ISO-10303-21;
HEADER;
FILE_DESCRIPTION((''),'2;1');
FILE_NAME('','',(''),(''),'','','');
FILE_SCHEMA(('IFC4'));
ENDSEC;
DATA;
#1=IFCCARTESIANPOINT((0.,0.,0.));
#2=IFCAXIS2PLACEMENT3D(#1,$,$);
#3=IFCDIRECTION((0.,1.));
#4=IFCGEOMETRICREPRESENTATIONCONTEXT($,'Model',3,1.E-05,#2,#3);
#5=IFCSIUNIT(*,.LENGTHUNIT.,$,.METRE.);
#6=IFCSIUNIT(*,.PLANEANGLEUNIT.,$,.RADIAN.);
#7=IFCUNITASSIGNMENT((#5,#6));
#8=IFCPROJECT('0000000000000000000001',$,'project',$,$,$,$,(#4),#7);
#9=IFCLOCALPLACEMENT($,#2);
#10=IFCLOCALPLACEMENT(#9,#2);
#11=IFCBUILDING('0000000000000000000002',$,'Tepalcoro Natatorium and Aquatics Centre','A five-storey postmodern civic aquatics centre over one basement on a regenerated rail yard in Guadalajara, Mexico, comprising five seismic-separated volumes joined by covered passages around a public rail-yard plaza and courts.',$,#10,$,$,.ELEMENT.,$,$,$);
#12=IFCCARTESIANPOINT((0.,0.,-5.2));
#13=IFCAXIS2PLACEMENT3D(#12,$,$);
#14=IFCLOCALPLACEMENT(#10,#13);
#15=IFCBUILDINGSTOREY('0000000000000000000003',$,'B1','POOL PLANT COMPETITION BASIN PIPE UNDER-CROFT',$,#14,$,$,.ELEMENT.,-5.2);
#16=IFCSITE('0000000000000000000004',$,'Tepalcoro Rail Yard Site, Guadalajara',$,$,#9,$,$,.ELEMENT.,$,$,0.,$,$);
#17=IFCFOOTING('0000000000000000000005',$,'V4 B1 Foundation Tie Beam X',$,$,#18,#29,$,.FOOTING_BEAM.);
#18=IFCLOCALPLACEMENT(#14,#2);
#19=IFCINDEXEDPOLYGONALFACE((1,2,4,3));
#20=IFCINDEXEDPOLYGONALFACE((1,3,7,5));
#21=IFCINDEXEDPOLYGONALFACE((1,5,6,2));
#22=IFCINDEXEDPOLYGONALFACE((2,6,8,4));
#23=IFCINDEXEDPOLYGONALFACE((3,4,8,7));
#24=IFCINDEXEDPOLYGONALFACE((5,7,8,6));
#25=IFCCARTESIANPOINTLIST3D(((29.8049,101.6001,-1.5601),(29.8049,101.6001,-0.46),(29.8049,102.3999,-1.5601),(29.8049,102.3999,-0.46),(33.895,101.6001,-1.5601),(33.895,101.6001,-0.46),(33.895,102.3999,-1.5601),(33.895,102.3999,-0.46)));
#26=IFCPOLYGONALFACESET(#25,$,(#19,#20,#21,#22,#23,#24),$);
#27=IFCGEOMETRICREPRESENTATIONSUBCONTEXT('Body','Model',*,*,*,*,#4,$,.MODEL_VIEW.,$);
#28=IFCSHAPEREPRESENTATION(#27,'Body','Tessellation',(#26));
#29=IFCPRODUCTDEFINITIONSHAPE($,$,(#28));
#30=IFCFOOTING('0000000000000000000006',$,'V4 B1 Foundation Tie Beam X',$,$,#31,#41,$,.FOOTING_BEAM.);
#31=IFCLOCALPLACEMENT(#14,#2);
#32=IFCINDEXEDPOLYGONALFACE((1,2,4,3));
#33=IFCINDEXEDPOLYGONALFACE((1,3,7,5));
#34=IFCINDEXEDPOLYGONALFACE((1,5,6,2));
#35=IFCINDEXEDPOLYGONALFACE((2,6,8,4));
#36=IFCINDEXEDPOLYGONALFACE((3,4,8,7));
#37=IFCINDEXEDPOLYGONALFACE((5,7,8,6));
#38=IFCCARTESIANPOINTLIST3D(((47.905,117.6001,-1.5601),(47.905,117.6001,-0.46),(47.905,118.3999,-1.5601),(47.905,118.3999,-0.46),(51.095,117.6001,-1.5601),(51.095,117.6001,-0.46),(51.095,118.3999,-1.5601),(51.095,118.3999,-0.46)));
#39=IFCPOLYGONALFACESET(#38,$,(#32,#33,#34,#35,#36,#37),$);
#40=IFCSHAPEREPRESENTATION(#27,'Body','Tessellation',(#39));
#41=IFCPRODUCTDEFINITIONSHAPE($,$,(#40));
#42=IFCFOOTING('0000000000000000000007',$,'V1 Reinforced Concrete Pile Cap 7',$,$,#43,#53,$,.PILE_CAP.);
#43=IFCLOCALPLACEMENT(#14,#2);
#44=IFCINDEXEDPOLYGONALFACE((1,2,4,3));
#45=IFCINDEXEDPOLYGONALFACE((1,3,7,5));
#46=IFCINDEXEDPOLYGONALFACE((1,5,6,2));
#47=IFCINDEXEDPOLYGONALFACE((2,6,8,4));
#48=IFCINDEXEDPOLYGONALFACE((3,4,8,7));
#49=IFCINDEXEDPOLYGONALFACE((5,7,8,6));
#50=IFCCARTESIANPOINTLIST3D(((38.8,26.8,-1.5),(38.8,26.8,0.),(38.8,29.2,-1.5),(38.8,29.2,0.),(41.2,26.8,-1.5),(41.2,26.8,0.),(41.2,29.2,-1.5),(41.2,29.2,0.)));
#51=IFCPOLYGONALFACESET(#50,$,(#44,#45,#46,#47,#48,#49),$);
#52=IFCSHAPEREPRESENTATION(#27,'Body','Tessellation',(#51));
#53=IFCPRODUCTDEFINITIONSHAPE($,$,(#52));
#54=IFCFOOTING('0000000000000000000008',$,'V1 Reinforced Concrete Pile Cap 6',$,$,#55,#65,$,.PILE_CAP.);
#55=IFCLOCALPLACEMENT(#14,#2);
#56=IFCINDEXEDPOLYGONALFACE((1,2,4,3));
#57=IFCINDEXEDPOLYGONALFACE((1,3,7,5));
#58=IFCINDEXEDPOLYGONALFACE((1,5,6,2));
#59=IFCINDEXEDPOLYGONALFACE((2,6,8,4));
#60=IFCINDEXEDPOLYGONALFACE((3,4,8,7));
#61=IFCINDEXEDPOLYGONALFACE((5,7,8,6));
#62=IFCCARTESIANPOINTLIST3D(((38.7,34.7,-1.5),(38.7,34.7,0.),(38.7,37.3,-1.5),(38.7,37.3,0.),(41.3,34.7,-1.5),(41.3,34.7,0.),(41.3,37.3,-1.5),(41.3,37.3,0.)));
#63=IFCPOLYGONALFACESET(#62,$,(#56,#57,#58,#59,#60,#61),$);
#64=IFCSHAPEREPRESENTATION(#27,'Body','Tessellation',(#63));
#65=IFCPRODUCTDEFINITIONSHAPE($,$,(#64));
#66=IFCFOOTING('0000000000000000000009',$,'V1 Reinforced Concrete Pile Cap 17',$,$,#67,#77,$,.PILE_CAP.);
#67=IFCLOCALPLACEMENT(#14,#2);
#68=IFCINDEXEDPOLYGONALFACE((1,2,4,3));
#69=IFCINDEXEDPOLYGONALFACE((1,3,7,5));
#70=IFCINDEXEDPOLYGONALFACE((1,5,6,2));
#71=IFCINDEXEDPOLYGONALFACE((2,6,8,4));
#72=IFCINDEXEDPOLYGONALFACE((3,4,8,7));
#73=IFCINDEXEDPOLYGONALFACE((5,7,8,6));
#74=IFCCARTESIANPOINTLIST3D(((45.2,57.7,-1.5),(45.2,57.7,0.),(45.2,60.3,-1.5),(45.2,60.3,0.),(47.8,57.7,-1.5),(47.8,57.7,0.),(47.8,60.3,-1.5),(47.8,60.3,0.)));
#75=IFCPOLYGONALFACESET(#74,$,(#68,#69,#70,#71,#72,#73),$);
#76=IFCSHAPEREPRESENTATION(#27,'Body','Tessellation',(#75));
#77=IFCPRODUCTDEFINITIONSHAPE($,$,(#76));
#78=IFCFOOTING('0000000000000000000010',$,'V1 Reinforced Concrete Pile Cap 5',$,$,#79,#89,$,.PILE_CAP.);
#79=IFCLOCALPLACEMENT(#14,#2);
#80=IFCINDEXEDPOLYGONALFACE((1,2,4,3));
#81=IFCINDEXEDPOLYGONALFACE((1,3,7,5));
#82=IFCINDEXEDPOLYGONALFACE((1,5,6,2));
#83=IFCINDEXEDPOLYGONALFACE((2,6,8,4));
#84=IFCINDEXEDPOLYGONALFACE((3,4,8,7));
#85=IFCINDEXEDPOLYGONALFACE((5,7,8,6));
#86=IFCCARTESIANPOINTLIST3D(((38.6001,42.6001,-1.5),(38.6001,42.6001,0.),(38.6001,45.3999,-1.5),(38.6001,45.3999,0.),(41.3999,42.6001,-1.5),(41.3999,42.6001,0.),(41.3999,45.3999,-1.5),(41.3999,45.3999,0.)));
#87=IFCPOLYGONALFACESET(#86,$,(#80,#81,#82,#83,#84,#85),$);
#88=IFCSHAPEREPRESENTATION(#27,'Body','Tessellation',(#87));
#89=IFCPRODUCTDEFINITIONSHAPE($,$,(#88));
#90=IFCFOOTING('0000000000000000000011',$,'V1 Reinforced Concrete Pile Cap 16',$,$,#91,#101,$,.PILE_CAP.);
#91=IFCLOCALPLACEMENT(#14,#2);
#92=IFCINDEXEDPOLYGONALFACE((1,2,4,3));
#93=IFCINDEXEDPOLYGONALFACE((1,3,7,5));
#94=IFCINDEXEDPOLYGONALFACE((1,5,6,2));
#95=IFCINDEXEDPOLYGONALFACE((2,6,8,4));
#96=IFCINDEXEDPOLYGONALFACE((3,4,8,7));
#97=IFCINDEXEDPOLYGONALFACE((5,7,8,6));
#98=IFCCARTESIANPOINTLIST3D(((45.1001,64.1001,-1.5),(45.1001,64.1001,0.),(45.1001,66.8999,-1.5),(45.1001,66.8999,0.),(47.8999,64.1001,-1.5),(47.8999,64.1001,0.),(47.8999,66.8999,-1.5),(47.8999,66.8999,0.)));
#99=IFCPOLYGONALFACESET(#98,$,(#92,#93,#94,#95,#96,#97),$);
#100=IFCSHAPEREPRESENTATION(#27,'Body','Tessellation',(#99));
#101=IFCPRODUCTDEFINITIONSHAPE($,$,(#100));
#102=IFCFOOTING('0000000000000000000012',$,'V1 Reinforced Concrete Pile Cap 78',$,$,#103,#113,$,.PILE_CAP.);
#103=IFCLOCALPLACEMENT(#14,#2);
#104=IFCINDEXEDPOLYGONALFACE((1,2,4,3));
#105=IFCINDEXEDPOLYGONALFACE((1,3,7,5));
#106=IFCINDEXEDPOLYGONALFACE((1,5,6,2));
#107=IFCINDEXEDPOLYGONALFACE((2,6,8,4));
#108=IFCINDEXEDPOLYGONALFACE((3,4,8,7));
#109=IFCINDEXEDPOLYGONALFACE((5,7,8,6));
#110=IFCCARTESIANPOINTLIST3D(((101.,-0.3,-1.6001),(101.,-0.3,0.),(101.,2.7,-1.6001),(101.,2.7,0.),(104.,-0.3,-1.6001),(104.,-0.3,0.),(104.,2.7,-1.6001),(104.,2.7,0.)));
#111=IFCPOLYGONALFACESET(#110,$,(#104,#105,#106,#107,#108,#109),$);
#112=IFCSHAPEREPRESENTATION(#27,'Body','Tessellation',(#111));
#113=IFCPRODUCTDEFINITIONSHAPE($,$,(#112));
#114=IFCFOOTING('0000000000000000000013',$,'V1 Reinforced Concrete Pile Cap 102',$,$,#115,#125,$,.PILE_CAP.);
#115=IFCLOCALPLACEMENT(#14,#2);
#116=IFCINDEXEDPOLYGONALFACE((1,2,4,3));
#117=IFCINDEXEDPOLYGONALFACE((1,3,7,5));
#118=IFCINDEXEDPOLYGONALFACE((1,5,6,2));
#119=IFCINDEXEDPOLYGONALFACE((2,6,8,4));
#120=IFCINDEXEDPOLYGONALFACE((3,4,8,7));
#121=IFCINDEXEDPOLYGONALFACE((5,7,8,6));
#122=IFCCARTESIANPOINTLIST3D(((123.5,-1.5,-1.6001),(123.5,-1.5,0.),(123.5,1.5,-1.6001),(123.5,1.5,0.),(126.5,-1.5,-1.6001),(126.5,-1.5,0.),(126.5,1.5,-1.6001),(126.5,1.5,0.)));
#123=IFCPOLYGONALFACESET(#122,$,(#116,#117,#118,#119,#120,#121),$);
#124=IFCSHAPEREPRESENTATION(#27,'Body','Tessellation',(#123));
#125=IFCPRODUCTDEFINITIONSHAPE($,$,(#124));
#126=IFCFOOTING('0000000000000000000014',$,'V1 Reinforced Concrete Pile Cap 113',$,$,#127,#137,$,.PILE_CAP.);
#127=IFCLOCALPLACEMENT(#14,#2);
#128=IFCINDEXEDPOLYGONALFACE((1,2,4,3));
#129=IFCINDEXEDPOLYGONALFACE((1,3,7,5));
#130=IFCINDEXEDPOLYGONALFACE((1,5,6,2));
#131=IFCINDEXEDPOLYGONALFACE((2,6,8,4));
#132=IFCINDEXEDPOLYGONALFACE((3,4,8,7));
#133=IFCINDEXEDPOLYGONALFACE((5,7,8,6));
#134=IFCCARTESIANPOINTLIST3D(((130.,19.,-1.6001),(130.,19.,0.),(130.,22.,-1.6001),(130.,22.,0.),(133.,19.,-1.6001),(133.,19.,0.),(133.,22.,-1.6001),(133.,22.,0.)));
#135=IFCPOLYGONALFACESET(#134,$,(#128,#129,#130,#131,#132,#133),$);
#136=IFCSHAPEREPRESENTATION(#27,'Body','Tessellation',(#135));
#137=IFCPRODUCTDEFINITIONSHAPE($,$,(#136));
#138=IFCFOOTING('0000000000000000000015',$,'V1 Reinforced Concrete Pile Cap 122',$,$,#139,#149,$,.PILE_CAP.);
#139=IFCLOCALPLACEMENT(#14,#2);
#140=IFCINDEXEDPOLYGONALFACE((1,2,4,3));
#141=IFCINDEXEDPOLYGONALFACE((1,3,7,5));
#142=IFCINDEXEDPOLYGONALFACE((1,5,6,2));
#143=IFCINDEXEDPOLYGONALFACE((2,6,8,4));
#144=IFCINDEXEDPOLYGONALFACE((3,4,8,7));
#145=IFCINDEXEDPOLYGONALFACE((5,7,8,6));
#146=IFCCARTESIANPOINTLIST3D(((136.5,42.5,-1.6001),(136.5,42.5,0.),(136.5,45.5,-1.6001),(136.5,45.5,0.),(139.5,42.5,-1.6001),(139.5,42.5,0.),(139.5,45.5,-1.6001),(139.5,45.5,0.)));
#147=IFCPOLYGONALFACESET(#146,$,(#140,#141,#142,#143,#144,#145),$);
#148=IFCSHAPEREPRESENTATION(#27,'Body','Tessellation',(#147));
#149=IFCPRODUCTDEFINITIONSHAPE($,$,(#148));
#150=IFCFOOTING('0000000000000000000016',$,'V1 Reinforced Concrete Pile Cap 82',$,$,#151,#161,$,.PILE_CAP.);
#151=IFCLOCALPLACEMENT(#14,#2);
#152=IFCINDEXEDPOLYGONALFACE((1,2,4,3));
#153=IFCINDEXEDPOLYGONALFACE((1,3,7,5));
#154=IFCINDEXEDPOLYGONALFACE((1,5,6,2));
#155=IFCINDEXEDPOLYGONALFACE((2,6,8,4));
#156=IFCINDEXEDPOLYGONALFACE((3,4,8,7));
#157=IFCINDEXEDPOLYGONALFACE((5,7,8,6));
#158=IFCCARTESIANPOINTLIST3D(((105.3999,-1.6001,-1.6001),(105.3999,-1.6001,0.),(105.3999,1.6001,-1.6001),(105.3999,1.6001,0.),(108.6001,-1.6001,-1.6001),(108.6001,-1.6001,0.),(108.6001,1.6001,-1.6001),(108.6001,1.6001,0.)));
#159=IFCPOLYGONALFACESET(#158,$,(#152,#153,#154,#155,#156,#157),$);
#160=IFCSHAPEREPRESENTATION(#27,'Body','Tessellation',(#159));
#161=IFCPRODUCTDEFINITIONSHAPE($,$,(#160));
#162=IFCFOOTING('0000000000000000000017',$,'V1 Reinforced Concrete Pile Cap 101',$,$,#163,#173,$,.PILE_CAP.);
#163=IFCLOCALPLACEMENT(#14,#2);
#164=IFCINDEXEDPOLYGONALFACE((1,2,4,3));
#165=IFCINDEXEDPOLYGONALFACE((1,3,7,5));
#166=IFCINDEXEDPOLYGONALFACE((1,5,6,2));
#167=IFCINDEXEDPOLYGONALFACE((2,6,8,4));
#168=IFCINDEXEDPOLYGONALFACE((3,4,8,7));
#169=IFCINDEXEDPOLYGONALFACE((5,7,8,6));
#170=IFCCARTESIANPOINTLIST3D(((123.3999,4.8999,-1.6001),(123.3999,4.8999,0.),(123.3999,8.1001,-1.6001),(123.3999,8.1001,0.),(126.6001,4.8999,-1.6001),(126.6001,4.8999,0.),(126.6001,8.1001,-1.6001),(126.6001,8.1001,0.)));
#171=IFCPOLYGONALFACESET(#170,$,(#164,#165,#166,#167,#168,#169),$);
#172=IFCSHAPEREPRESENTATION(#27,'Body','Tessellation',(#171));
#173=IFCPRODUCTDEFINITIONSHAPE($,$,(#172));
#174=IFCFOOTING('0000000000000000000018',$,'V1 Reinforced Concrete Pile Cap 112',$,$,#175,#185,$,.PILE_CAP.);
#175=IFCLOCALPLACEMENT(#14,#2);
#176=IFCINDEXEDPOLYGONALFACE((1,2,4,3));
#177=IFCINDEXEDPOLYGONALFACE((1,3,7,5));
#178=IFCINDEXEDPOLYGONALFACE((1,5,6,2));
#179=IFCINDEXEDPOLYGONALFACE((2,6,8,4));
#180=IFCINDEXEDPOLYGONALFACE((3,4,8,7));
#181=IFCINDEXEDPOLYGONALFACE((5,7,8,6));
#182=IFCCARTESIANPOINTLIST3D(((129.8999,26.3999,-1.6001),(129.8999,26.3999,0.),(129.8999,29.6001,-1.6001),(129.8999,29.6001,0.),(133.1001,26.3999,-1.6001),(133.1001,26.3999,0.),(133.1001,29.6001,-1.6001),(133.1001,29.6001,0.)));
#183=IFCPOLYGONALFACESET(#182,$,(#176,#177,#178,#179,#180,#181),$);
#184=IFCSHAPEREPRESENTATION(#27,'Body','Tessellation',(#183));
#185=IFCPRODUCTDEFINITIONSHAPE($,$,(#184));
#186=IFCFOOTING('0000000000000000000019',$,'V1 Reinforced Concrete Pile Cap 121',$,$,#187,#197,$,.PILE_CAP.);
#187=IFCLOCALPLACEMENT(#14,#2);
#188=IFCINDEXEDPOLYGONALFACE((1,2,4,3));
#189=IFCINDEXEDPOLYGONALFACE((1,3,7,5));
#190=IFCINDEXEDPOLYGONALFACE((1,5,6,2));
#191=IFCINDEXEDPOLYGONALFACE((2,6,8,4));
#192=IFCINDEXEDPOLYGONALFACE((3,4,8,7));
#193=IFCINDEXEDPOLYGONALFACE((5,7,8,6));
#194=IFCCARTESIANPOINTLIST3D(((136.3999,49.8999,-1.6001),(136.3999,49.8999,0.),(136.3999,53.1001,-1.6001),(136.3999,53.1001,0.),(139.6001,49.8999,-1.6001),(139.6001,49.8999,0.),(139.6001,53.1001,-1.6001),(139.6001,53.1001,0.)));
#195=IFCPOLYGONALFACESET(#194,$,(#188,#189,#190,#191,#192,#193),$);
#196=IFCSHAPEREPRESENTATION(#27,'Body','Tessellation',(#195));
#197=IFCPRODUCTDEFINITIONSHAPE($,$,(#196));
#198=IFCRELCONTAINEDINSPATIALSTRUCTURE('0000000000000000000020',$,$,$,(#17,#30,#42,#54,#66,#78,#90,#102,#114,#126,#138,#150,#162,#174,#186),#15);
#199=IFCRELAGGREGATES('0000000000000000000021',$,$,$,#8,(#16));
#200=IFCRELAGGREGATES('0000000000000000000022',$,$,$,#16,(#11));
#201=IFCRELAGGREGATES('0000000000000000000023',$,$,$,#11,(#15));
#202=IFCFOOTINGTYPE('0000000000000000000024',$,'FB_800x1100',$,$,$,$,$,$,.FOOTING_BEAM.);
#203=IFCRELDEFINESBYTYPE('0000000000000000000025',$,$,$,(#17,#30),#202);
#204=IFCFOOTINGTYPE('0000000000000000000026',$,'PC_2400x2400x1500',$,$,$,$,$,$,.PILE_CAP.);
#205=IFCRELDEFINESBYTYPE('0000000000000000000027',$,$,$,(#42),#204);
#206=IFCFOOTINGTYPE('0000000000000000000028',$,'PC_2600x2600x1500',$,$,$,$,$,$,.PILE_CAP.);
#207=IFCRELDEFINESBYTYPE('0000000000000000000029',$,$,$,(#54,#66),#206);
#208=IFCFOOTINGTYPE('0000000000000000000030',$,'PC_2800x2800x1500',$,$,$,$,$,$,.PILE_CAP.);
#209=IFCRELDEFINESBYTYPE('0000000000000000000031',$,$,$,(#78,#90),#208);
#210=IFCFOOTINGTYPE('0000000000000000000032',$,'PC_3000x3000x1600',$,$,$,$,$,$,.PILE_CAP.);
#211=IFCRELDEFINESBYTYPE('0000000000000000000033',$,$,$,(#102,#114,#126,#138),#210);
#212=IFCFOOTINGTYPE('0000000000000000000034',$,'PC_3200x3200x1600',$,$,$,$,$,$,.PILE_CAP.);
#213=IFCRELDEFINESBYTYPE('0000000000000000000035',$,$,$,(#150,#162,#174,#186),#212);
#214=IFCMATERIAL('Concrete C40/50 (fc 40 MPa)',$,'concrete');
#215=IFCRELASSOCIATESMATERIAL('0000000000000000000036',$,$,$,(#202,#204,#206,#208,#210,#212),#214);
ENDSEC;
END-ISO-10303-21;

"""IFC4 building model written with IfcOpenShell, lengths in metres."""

from ifc_helpers import new_model, si_unit, direction, frame, origin, place, context, subcontext, project, spatial, polyline, outline, extrude, material, type_object, element, save


model = new_model("IFC4")

# Units and contexts
model_context = context("Model", 3, precision=1e-05, world=origin(), true_north=direction((0.0, 1.0)))
body_context = subcontext(model_context, "Body", "Model", "MODEL_VIEW")
ifc_project = project(units=[si_unit("LENGTHUNIT", "METRE"), si_unit("PLANEANGLEUNIT", "RADIAN")], contexts=[model_context])

# Site, building, storey
site_placement = place(None, origin())
site = spatial("IfcSite", under=ifc_project, at=site_placement, Name="Tepalcoro Rail Yard Site, Guadalajara", CompositionType="ELEMENT", RefElevation=0.0)
building_placement = place(site_placement, origin())
building = spatial("IfcBuilding", under=site, at=building_placement, Name="Tepalcoro Natatorium and Aquatics Centre", Description="A five-storey postmodern civic aquatics centre over one basement on a regenerated rail yard in Guadalajara, Mexico, comprising five seismic-separated volumes joined by covered passages around a public rail-yard plaza and courts.", CompositionType="ELEMENT")
storey_placement = place(building_placement, frame((0.0, 0.0, -5.2)))
storey = spatial("IfcBuildingStorey", under=building, at=storey_placement, Name="B1", Description="POOL PLANT COMPETITION BASIN PIPE UNDER-CROFT", CompositionType="ELEMENT", Elevation=-5.2)

# Footings
ifc_material = material(Name="Concrete C40/50 (fc 40 MPa)", Category="concrete")
footing_type_1 = type_object("IfcFootingType", Name="FB_800x1100", PredefinedType="FOOTING_BEAM", material=ifc_material)
footing_1_placement = place(storey_placement, frame((0.0, 0.0, -1.5601)))
element("IfcFooting", 1, at=footing_1_placement, inside=storey, type_object=footing_type_1, Name="V4 B1 Foundation Tie Beam X", PredefinedType="FOOTING_BEAM", context=body_context, shape_type="SweptSolid", body=[
    extrude(outline(polyline([(29.8049, 101.6001), (33.895, 101.6001), (33.895, 102.3999), (29.8049, 102.3999), (29.8049, 101.6001)])), origin(), (0.0, 0.0, 1.0), 1.1001),
])
footing_2_placement = place(storey_placement, frame((0.0, 0.0, -1.5601)))
element("IfcFooting", 2, at=footing_2_placement, inside=storey, type_object=footing_type_1, Name="V4 B1 Foundation Tie Beam X", PredefinedType="FOOTING_BEAM", context=body_context, shape_type="SweptSolid", body=[
    extrude(outline(polyline([(47.905, 117.6001), (51.095, 117.6001), (51.095, 118.3999), (47.905, 118.3999), (47.905, 117.6001)])), origin(), (0.0, 0.0, 1.0), 1.1001),
])
footing_type_2 = type_object("IfcFootingType", Name="PC_2400x2400x1500", PredefinedType="PILE_CAP", material=ifc_material)
footing_3_placement = place(storey_placement, frame((0.0, 0.0, -1.5)))
element("IfcFooting", 3, at=footing_3_placement, inside=storey, type_object=footing_type_2, Name="V1 Reinforced Concrete Pile Cap 7", PredefinedType="PILE_CAP", context=body_context, shape_type="SweptSolid", body=[
    extrude(outline(polyline([(38.8, 26.8), (41.2, 26.8), (41.2, 29.2), (38.8, 29.2), (38.8, 26.8)])), origin(), (0.0, 0.0, 1.0), 1.5),
])
footing_type_3 = type_object("IfcFootingType", Name="PC_2600x2600x1500", PredefinedType="PILE_CAP", material=ifc_material)
footing_4_placement = place(storey_placement, frame((0.0, 0.0, -1.5)))
element("IfcFooting", 4, at=footing_4_placement, inside=storey, type_object=footing_type_3, Name="V1 Reinforced Concrete Pile Cap 6", PredefinedType="PILE_CAP", context=body_context, shape_type="SweptSolid", body=[
    extrude(outline(polyline([(38.7, 34.7), (41.3, 34.7), (41.3, 37.3), (38.7, 37.3), (38.7, 34.7)])), origin(), (0.0, 0.0, 1.0), 1.5),
])
footing_5_placement = place(storey_placement, frame((0.0, 0.0, -1.5)))
element("IfcFooting", 5, at=footing_5_placement, inside=storey, type_object=footing_type_3, Name="V1 Reinforced Concrete Pile Cap 17", PredefinedType="PILE_CAP", context=body_context, shape_type="SweptSolid", body=[
    extrude(outline(polyline([(45.2, 57.7), (47.8, 57.7), (47.8, 60.3), (45.2, 60.3), (45.2, 57.7)])), origin(), (0.0, 0.0, 1.0), 1.5),
])
footing_type_4 = type_object("IfcFootingType", Name="PC_2800x2800x1500", PredefinedType="PILE_CAP", material=ifc_material)
footing_6_placement = place(storey_placement, frame((0.0, 0.0, -1.5)))
element("IfcFooting", 6, at=footing_6_placement, inside=storey, type_object=footing_type_4, Name="V1 Reinforced Concrete Pile Cap 5", PredefinedType="PILE_CAP", context=body_context, shape_type="SweptSolid", body=[
    extrude(outline(polyline([(38.6001, 42.6001), (41.3999, 42.6001), (41.3999, 45.3999), (38.6001, 45.3999), (38.6001, 42.6001)])), origin(), (0.0, 0.0, 1.0), 1.5),
])
footing_7_placement = place(storey_placement, frame((0.0, 0.0, -1.5)))
element("IfcFooting", 7, at=footing_7_placement, inside=storey, type_object=footing_type_4, Name="V1 Reinforced Concrete Pile Cap 16", PredefinedType="PILE_CAP", context=body_context, shape_type="SweptSolid", body=[
    extrude(outline(polyline([(45.1001, 64.1001), (47.8999, 64.1001), (47.8999, 66.8999), (45.1001, 66.8999), (45.1001, 64.1001)])), origin(), (0.0, 0.0, 1.0), 1.5),
])
footing_type_5 = type_object("IfcFootingType", Name="PC_3000x3000x1600", PredefinedType="PILE_CAP", material=ifc_material)
footing_8_placement = place(storey_placement, frame((0.0, 0.0, -1.6001)))
element("IfcFooting", 8, at=footing_8_placement, inside=storey, type_object=footing_type_5, Name="V1 Reinforced Concrete Pile Cap 78", PredefinedType="PILE_CAP", context=body_context, shape_type="SweptSolid", body=[
    extrude(outline(polyline([(101.0, -0.3), (104.0, -0.3), (104.0, 2.7), (101.0, 2.7), (101.0, -0.3)])), origin(), (0.0, 0.0, 1.0), 1.6001),
])
footing_9_placement = place(storey_placement, frame((0.0, 0.0, -1.6001)))
element("IfcFooting", 9, at=footing_9_placement, inside=storey, type_object=footing_type_5, Name="V1 Reinforced Concrete Pile Cap 102", PredefinedType="PILE_CAP", context=body_context, shape_type="SweptSolid", body=[
    extrude(outline(polyline([(123.5, -1.5), (126.5, -1.5), (126.5, 1.5), (123.5, 1.5), (123.5, -1.5)])), origin(), (0.0, 0.0, 1.0), 1.6001),
])
footing_10_placement = place(storey_placement, frame((0.0, 0.0, -1.6001)))
element("IfcFooting", 10, at=footing_10_placement, inside=storey, type_object=footing_type_5, Name="V1 Reinforced Concrete Pile Cap 113", PredefinedType="PILE_CAP", context=body_context, shape_type="SweptSolid", body=[
    extrude(outline(polyline([(130.0, 19.0), (133.0, 19.0), (133.0, 22.0), (130.0, 22.0), (130.0, 19.0)])), origin(), (0.0, 0.0, 1.0), 1.6001),
])
footing_11_placement = place(storey_placement, frame((0.0, 0.0, -1.6001)))
element("IfcFooting", 11, at=footing_11_placement, inside=storey, type_object=footing_type_5, Name="V1 Reinforced Concrete Pile Cap 122", PredefinedType="PILE_CAP", context=body_context, shape_type="SweptSolid", body=[
    extrude(outline(polyline([(136.5, 42.5), (139.5, 42.5), (139.5, 45.5), (136.5, 45.5), (136.5, 42.5)])), origin(), (0.0, 0.0, 1.0), 1.6001),
])
footing_type_6 = type_object("IfcFootingType", Name="PC_3200x3200x1600", PredefinedType="PILE_CAP", material=ifc_material)
footing_12_placement = place(storey_placement, frame((0.0, 0.0, -1.6001)))
element("IfcFooting", 12, at=footing_12_placement, inside=storey, type_object=footing_type_6, Name="V1 Reinforced Concrete Pile Cap 82", PredefinedType="PILE_CAP", context=body_context, shape_type="SweptSolid", body=[
    extrude(outline(polyline([(105.3999, -1.6001), (108.6001, -1.6001), (108.6001, 1.6001), (105.3999, 1.6001), (105.3999, -1.6001)])), origin(), (0.0, 0.0, 1.0), 1.6001),
])
footing_13_placement = place(storey_placement, frame((0.0, 0.0, -1.6001)))
element("IfcFooting", 13, at=footing_13_placement, inside=storey, type_object=footing_type_6, Name="V1 Reinforced Concrete Pile Cap 101", PredefinedType="PILE_CAP", context=body_context, shape_type="SweptSolid", body=[
    extrude(outline(polyline([(123.3999, 4.8999), (126.6001, 4.8999), (126.6001, 8.1001), (123.3999, 8.1001), (123.3999, 4.8999)])), origin(), (0.0, 0.0, 1.0), 1.6001),
])
footing_14_placement = place(storey_placement, frame((0.0, 0.0, -1.6001)))
element("IfcFooting", 14, at=footing_14_placement, inside=storey, type_object=footing_type_6, Name="V1 Reinforced Concrete Pile Cap 112", PredefinedType="PILE_CAP", context=body_context, shape_type="SweptSolid", body=[
    extrude(outline(polyline([(129.8999, 26.3999), (133.1001, 26.3999), (133.1001, 29.6001), (129.8999, 29.6001), (129.8999, 26.3999)])), origin(), (0.0, 0.0, 1.0), 1.6001),
])
footing_15_placement = place(storey_placement, frame((0.0, 0.0, -1.6001)))
element("IfcFooting", 15, at=footing_15_placement, inside=storey, type_object=footing_type_6, Name="V1 Reinforced Concrete Pile Cap 121", PredefinedType="PILE_CAP", context=body_context, shape_type="SweptSolid", body=[
    extrude(outline(polyline([(136.3999, 49.8999), (139.6001, 49.8999), (139.6001, 53.1001), (136.3999, 53.1001), (136.3999, 49.8999)])), origin(), (0.0, 0.0, 1.0), 1.6001),
])

save(model, "model.ifc")
